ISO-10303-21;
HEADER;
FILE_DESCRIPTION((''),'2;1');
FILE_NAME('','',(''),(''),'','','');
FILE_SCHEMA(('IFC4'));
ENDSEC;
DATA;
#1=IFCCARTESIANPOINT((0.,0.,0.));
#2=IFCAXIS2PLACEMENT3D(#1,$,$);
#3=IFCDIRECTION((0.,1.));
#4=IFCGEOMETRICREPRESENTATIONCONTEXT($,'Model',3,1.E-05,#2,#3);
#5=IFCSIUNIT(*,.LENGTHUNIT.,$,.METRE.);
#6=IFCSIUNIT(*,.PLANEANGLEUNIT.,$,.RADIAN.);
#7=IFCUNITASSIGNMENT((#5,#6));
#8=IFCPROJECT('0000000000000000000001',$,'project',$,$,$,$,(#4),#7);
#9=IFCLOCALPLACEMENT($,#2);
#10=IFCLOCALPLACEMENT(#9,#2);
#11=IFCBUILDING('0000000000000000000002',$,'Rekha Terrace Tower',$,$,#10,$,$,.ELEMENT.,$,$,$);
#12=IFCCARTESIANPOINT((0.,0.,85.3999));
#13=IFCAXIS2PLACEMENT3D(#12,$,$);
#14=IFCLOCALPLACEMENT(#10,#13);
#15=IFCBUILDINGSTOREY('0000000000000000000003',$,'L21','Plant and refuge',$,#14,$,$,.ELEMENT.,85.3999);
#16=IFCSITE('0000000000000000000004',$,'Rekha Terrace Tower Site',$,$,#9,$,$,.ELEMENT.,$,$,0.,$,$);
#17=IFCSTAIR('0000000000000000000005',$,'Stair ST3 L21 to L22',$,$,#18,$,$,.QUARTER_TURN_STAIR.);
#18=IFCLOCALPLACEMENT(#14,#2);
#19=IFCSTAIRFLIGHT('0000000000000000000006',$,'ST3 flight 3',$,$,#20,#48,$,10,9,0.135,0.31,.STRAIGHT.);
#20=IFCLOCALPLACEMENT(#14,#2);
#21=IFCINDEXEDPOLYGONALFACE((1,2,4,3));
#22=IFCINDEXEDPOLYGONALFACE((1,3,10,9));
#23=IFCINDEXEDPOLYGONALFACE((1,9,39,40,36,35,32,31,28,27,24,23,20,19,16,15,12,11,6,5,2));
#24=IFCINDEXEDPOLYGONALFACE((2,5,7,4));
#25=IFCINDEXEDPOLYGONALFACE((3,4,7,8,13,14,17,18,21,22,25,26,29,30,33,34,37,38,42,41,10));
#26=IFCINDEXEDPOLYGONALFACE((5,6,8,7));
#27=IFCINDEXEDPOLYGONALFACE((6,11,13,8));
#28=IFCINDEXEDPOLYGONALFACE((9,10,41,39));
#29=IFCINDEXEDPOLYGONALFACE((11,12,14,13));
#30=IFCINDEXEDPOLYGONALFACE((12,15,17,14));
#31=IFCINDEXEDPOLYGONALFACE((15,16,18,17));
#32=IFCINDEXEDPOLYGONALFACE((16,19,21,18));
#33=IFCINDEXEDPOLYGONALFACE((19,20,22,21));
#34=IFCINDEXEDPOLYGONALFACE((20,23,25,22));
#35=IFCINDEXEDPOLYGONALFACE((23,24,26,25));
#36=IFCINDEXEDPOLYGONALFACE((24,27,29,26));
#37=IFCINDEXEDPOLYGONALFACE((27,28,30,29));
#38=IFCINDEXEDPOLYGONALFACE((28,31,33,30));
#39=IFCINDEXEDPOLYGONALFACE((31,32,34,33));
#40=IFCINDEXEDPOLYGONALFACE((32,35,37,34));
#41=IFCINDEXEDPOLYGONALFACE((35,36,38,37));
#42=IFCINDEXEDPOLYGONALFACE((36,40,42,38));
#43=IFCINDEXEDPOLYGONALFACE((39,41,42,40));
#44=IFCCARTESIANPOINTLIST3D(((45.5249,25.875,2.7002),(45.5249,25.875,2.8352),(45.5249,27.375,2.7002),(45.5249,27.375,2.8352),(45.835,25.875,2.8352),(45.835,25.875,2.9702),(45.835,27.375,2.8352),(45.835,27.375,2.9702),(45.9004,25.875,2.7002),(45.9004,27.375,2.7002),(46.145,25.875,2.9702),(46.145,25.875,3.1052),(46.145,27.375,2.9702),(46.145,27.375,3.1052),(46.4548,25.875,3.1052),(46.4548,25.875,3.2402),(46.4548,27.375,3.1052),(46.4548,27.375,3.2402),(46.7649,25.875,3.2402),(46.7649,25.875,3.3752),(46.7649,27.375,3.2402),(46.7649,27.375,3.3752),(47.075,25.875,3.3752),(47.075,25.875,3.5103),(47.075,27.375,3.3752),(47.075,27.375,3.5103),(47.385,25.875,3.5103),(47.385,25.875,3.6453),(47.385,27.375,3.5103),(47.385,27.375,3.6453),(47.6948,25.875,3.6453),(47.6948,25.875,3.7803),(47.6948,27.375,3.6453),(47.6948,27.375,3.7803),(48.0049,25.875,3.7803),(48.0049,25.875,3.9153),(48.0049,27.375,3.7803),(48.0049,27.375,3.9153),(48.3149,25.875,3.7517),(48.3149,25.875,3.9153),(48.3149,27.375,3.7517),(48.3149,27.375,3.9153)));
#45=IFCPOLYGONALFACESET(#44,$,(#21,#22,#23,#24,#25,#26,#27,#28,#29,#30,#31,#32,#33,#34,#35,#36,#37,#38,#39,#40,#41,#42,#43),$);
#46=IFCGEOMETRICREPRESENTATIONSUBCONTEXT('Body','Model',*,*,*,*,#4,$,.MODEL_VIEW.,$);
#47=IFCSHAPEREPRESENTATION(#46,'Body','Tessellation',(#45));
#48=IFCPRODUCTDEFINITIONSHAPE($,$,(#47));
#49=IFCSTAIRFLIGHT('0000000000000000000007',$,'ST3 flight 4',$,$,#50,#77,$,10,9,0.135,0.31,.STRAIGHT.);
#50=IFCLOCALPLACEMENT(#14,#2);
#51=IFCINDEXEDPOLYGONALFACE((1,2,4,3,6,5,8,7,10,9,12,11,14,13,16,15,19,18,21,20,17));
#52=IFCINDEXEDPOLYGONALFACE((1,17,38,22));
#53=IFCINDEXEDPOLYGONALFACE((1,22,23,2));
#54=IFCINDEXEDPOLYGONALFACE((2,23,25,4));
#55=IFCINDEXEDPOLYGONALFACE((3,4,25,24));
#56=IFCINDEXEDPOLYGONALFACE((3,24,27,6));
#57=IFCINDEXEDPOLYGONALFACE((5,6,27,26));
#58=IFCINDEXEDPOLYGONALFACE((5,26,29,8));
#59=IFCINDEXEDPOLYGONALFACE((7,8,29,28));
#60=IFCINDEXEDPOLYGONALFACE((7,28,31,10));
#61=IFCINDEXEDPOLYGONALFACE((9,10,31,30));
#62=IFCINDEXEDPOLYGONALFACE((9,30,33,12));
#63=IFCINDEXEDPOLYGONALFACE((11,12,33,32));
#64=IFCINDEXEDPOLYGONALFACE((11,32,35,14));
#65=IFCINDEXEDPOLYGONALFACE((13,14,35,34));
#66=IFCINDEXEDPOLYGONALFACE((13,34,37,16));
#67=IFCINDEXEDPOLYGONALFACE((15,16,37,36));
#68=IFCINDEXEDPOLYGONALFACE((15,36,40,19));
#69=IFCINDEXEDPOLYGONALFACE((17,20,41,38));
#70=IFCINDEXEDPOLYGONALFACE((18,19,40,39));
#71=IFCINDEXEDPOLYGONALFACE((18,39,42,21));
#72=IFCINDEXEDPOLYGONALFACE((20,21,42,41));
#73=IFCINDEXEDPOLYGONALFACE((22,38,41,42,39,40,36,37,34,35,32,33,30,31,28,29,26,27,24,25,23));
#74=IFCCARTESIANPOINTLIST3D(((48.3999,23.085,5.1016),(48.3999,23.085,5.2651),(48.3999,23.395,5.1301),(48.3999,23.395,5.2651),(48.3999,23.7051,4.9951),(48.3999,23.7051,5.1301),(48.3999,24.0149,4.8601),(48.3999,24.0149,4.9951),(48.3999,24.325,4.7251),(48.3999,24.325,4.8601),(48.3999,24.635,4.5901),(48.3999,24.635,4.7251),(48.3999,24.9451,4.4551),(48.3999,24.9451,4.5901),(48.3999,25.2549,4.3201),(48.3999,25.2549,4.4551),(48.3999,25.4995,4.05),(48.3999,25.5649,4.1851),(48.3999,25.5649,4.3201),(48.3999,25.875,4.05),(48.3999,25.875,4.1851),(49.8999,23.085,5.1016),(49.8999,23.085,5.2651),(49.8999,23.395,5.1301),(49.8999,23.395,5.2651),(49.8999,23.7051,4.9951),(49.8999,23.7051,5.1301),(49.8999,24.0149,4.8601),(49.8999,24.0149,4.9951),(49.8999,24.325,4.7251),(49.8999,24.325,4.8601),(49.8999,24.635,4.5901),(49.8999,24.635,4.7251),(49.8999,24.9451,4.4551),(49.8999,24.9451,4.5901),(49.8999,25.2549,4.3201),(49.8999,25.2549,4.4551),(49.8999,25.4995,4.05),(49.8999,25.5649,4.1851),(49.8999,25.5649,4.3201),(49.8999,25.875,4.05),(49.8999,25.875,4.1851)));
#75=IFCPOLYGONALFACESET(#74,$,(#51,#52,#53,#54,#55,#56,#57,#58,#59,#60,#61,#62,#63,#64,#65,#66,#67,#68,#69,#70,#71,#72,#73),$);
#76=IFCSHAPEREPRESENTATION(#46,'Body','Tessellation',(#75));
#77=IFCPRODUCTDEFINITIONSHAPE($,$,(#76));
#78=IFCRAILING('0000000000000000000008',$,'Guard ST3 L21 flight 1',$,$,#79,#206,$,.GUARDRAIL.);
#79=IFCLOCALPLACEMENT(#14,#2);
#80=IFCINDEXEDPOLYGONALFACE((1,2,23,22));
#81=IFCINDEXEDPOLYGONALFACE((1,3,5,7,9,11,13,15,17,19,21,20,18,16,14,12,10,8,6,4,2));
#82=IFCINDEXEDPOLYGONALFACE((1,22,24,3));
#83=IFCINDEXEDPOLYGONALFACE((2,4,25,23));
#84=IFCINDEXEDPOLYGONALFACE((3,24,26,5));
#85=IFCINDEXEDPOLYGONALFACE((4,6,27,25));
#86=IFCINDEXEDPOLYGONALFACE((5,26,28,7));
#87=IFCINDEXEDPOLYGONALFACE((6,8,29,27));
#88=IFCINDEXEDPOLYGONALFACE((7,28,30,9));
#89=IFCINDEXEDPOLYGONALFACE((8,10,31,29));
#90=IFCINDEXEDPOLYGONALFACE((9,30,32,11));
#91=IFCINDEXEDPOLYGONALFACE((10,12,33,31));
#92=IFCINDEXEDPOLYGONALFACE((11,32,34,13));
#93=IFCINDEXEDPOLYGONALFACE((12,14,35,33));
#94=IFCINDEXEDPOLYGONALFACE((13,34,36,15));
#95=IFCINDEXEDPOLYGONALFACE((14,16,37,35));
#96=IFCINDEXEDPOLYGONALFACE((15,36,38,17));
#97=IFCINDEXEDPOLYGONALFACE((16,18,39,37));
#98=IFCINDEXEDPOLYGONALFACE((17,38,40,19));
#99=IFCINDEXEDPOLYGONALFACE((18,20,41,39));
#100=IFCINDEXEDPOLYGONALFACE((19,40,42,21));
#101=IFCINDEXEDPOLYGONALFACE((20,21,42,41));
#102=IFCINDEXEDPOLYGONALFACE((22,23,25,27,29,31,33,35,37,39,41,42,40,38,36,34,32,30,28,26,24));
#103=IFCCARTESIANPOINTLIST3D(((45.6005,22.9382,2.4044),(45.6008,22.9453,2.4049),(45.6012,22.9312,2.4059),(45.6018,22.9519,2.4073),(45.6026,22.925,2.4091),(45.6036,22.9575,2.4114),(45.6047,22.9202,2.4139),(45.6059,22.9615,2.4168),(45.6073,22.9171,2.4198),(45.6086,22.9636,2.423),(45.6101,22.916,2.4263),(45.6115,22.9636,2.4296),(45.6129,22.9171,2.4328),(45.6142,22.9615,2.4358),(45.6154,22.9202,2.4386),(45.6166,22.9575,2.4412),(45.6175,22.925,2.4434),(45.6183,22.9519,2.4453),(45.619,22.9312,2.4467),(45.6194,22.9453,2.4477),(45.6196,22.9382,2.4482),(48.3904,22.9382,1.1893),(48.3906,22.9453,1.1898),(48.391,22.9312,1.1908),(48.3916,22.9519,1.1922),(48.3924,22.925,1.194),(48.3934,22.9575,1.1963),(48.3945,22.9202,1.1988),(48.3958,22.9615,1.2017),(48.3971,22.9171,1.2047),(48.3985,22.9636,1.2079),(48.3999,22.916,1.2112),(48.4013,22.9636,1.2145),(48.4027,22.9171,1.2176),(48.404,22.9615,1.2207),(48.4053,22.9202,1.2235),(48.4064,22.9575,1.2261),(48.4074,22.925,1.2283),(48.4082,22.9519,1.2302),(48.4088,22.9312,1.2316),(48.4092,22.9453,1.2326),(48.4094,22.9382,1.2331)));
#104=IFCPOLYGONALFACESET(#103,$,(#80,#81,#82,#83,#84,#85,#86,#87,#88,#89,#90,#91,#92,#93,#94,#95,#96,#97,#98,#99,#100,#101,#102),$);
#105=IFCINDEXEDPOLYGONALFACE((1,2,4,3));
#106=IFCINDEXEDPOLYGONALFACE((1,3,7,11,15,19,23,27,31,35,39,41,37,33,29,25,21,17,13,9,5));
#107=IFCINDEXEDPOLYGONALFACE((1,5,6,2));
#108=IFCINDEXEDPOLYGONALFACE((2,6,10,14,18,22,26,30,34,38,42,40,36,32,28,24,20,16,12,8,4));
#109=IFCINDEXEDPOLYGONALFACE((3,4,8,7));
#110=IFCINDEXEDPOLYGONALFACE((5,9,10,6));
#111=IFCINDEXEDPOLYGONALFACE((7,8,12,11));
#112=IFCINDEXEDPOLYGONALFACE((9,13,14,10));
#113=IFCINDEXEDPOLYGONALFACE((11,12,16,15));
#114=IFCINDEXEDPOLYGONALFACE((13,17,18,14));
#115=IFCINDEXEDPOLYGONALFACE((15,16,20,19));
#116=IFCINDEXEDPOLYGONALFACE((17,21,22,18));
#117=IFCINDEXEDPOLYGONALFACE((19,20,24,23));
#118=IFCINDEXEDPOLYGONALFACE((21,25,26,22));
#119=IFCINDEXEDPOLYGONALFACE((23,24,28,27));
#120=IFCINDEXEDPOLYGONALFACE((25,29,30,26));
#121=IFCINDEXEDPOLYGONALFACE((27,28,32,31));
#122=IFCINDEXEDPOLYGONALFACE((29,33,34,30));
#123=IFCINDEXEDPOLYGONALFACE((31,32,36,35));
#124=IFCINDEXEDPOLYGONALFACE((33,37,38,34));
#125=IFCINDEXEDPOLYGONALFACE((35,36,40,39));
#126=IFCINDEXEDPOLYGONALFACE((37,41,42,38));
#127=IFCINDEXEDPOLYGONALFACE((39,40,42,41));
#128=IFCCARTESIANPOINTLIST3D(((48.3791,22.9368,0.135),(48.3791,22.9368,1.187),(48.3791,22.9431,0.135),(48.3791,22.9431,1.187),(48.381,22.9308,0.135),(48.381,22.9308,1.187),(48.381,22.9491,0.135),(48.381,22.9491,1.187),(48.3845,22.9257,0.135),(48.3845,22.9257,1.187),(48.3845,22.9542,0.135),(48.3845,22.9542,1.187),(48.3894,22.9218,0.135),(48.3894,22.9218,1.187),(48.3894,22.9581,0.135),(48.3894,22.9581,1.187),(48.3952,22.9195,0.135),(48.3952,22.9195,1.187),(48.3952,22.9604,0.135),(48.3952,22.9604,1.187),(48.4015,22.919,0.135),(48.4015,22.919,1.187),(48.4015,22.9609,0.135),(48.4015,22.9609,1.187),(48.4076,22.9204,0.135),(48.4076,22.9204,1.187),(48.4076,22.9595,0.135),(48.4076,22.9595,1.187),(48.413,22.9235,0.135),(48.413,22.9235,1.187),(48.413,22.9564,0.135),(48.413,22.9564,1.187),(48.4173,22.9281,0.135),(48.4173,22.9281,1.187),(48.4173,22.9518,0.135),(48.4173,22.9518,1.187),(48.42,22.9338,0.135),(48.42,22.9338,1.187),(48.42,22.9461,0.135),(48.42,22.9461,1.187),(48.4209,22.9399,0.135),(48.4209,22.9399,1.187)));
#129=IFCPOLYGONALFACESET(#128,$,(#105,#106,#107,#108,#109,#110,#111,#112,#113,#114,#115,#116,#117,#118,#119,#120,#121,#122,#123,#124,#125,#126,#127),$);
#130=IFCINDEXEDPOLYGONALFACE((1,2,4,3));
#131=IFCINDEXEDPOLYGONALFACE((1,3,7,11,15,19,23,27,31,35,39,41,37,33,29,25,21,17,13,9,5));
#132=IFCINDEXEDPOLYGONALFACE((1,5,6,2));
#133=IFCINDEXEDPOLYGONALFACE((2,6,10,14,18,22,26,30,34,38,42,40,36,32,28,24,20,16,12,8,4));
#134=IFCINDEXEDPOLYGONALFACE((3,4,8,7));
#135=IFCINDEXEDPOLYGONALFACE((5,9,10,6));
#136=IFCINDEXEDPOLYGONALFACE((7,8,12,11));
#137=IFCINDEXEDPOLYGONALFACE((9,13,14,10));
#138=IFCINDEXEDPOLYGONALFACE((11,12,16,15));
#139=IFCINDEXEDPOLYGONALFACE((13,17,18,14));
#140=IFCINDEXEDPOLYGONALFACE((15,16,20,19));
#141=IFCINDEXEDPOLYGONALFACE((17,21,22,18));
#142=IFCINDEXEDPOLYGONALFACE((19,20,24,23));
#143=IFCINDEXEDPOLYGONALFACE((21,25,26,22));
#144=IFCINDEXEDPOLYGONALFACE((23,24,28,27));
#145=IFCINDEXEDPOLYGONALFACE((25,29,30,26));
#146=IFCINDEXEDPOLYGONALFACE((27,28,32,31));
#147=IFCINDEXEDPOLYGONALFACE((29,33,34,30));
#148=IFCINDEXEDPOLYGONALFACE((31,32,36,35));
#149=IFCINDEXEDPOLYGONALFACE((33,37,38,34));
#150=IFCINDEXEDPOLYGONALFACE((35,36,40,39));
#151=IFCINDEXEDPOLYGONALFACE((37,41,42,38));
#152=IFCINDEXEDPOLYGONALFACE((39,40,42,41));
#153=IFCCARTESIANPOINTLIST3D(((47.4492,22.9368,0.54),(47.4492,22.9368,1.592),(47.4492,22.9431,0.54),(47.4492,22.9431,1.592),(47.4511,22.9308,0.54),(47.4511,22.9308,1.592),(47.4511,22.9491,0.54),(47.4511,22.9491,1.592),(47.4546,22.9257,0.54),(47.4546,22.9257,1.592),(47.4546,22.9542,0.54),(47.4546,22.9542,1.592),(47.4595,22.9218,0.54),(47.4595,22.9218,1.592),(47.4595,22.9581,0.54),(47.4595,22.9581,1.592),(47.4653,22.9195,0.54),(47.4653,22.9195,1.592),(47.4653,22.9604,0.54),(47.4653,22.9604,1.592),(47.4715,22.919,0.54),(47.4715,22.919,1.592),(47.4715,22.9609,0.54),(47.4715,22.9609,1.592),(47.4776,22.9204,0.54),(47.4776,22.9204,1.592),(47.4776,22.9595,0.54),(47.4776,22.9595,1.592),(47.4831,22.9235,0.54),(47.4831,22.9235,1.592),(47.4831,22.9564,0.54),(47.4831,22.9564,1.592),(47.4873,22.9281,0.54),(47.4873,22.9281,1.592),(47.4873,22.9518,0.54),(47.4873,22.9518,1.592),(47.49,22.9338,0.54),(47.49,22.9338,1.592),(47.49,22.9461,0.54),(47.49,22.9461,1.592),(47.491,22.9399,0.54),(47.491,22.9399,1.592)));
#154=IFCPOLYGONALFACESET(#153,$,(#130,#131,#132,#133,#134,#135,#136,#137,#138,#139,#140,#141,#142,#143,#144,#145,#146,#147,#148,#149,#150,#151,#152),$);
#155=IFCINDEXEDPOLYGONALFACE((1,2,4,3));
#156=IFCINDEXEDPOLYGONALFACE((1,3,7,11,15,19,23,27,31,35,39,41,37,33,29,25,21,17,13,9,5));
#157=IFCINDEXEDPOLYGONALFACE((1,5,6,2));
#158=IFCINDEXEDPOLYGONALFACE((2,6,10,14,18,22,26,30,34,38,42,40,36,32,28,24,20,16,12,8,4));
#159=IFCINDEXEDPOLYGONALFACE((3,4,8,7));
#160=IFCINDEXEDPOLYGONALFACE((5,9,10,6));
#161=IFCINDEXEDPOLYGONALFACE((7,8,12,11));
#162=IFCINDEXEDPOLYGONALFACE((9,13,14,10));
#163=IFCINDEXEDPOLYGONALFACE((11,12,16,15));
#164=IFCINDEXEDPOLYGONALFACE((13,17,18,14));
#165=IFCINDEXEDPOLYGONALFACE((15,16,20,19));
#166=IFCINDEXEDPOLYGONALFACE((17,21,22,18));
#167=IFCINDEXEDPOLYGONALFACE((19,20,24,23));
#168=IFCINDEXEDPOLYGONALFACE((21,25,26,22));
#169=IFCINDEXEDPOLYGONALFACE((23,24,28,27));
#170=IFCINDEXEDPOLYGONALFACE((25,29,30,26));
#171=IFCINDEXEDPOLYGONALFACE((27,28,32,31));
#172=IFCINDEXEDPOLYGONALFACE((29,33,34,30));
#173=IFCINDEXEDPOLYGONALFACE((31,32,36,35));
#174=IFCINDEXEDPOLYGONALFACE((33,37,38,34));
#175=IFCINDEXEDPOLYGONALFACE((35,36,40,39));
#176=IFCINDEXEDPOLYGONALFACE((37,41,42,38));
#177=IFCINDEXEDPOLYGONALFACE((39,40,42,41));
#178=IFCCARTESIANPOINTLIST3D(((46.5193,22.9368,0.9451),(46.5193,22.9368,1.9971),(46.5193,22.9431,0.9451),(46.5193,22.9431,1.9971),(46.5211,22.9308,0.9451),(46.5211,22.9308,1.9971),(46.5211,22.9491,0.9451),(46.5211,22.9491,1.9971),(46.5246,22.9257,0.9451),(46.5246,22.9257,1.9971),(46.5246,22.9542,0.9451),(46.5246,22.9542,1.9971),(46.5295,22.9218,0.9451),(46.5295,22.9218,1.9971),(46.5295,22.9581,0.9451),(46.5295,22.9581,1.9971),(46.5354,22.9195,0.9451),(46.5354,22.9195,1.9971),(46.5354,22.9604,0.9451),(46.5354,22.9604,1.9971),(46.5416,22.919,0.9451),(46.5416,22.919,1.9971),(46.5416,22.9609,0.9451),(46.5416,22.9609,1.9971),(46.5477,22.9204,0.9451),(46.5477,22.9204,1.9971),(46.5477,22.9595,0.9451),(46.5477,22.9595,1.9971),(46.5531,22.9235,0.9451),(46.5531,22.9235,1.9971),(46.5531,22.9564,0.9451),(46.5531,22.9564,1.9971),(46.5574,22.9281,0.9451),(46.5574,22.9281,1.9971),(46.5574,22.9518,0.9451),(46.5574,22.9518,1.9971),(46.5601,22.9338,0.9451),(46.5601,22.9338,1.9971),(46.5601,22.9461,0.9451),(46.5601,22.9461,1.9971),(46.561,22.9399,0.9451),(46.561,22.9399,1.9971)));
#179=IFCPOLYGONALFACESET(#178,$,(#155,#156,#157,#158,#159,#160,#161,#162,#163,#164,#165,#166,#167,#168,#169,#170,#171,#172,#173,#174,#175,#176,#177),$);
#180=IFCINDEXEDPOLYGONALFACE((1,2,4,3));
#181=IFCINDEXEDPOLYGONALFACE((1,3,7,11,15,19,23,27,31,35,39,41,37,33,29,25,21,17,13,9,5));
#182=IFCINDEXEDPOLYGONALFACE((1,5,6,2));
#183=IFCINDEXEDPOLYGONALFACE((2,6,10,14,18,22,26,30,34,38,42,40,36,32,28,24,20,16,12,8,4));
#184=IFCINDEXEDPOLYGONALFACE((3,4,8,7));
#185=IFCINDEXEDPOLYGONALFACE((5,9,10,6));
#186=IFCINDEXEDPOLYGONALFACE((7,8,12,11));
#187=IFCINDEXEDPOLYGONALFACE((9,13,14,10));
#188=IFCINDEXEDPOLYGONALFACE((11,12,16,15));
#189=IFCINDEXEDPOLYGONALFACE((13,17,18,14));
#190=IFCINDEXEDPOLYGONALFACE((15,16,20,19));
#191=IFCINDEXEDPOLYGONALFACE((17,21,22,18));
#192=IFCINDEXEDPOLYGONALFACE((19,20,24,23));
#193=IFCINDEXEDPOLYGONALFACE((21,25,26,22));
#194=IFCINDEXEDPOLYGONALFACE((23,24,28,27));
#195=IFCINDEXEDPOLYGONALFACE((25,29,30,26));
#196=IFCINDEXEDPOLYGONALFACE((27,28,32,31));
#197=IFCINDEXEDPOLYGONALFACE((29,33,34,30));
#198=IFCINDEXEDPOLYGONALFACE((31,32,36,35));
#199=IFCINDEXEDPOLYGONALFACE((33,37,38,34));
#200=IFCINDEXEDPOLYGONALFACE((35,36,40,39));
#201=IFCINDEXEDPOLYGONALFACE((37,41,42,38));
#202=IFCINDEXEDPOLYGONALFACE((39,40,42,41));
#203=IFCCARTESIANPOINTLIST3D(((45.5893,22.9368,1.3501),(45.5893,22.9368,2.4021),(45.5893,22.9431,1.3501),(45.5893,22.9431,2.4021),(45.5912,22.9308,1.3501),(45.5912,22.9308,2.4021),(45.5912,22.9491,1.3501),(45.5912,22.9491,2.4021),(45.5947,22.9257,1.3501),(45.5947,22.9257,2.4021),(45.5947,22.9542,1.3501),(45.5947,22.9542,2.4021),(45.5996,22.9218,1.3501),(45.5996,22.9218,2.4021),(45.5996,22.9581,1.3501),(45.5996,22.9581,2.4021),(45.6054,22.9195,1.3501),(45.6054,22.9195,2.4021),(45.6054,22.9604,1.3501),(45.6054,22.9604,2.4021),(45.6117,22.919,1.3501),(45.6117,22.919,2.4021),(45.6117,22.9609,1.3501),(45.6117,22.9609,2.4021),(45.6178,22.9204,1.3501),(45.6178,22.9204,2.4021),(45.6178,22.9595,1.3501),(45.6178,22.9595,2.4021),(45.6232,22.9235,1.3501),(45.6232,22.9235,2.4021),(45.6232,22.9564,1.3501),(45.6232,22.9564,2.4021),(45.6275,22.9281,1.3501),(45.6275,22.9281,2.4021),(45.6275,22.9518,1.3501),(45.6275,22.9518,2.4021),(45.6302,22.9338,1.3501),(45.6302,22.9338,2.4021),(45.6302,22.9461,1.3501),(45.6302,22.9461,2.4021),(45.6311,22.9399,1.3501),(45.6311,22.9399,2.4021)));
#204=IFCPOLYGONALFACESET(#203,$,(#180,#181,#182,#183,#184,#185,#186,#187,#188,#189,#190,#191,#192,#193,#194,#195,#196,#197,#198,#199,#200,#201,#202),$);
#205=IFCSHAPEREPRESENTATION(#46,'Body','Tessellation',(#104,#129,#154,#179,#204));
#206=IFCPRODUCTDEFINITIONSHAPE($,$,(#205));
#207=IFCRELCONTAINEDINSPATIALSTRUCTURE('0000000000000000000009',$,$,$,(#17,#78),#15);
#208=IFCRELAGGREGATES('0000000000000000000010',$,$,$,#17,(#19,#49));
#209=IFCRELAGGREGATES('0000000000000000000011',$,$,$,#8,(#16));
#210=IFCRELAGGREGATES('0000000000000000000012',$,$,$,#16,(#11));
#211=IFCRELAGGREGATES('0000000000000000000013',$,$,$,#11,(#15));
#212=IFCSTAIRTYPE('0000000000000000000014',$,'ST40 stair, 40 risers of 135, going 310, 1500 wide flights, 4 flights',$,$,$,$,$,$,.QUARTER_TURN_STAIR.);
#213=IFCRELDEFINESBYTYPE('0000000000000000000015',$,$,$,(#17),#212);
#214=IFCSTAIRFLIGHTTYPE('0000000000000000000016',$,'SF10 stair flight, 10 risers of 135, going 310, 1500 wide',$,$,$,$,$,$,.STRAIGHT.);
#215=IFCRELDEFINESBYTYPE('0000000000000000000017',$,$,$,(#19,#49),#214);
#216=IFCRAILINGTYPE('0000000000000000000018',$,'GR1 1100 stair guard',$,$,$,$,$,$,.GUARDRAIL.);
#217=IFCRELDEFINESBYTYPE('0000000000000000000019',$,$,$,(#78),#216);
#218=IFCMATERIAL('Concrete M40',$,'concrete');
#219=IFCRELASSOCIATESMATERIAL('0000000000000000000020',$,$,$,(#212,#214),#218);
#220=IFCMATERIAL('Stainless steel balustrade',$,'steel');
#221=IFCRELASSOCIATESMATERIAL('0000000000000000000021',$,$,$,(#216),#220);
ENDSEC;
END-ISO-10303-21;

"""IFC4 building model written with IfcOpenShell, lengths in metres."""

from ifc_helpers import new_model, si_unit, direction, frame, origin, origin_2d, place, context, subcontext, project, spatial, polyline, circle, outline, extrude, material, type_object, element, aggregate, save


model = new_model("IFC4")

# Units and contexts
model_context = context("Model", 3, precision=1e-05, world=origin(), true_north=direction((0.0, 1.0)))
body_context = subcontext(model_context, "Body", "Model", "MODEL_VIEW")
ifc_project = project(units=[si_unit("LENGTHUNIT", "METRE"), si_unit("PLANEANGLEUNIT", "RADIAN")], contexts=[model_context])

# Site, building, storey
site_placement = place(None, origin())
site = spatial("IfcSite", under=ifc_project, at=site_placement, Name="Rekha Terrace Tower Site", CompositionType="ELEMENT", RefElevation=0.0)
building_placement = place(site_placement, origin())
building = spatial("IfcBuilding", under=site, at=building_placement, Name="Rekha Terrace Tower", CompositionType="ELEMENT")
storey_placement = place(building_placement, frame((0.0, 0.0, 85.3999)))
storey = spatial("IfcBuildingStorey", under=building, at=storey_placement, Name="L21", Description="Plant and refuge", CompositionType="ELEMENT", Elevation=85.3999)

# Stair, stair flights
ifc_material_1 = material(Name="Concrete M40", Category="concrete")
stair_type = type_object("IfcStairType", Name="ST40 stair, 40 risers of 135, going 310, 1500 wide flights, 4 flights", PredefinedType="QUARTER_TURN_STAIR", material=ifc_material_1)
stair_placement = place(storey_placement, origin())
stair = element("IfcStair", 1, at=stair_placement, inside=storey, type_object=stair_type, Name="Stair ST3 L21 to L22", PredefinedType="QUARTER_TURN_STAIR")
stair_flight_type = type_object("IfcStairFlightType", Name="SF10 stair flight, 10 risers of 135, going 310, 1500 wide", PredefinedType="STRAIGHT", material=ifc_material_1)
stair_flight_1_placement = place(storey_placement, frame((45.5249, 26.625, 2.7002), z_axis=(0.0, 0.0, 1.0), x_axis=(1.0, 0.0, 0.0)))
stair_flight_1 = element("IfcStairFlight", 2, at=stair_flight_1_placement, type_object=stair_flight_type, Name="ST3 flight 3", NumberOfRisers=10, NumberOfTreads=9, PredefinedType="STRAIGHT", RiserHeight=0.135, TreadLength=0.31, context=body_context, shape_type="SweptSolid", body=[
    extrude(outline(polyline([(0.0, 0.0), (0.0, 0.135), (0.3101, 0.135), (0.3101, 0.27), (0.6201, 0.27), (0.6201, 0.405), (0.9299, 0.405), (0.9299, 0.54), (1.24, 0.54), (1.24, 0.675), (1.55, 0.675), (1.55, 0.8101), (1.8601, 0.8101), (1.8601, 0.9451), (2.1699, 0.9451), (2.1699, 1.0801), (2.48, 1.0801), (2.48, 1.2151), (2.79, 1.2151), (2.79, 1.3501), (2.79, 1.0515), (0.3755, 0.0), (0.0, 0.0)])), frame((0.0, 0.75, 0.0), z_axis=(0.0, -1.0, 0.0), x_axis=(1.0, 0.0, 0.0)), (0.0, 0.0, 1.0), 1.5),
])
stair_flight_2_placement = place(storey_placement, frame((49.1499, 25.875, 4.05), z_axis=(0.0, 0.0, 1.0), x_axis=(0.0, -1.0, 0.0)))
stair_flight_2 = element("IfcStairFlight", 3, at=stair_flight_2_placement, type_object=stair_flight_type, Name="ST3 flight 4", NumberOfRisers=10, NumberOfTreads=9, PredefinedType="STRAIGHT", RiserHeight=0.135, TreadLength=0.31, context=body_context, shape_type="SweptSolid", body=[
    extrude(outline(polyline([(0.0, 0.0), (0.0, 0.135), (0.3101, 0.135), (0.3101, 0.27), (0.6201, 0.27), (0.6201, 0.405), (0.9299, 0.405), (0.9299, 0.54), (1.24, 0.54), (1.24, 0.675), (1.55, 0.675), (1.55, 0.8101), (1.8601, 0.8101), (1.8601, 0.9451), (2.1699, 0.9451), (2.1699, 1.0801), (2.48, 1.0801), (2.48, 1.2151), (2.79, 1.2151), (2.79, 1.3501), (2.79, 1.0515), (0.3755, 0.0), (0.0, 0.0)])), frame((0.0, 0.75, 0.0), z_axis=(0.0, -1.0, 0.0), x_axis=(1.0, 0.0, 0.0)), (0.0, 0.0, 1.0), 1.5),
])
aggregate(stair, [stair_flight_1, stair_flight_2])

# Railing
ifc_material_2 = material(Name="Stainless steel balustrade", Category="steel")
railing_type_1 = type_object("IfcRailingType", Name="GR1 1100 stair guard", PredefinedType="GUARDRAIL", material=ifc_material_2)
railing_1_placement = place(storey_placement, frame((48.3999, 22.9399, 0.135)))
element("IfcRailing", 4, at=railing_1_placement, inside=storey, type_object=railing_type_1, Name="Guard ST3 L21 flight 1", PredefinedType="GUARDRAIL", context=body_context, shape_type="SweptSolid", body=[
    extrude(circle(Radius=0.0239, at=origin_2d()), frame((0.0, 0.0, 1.0762), z_axis=(-0.916813, 0.0, 0.399316), x_axis=(0.0, -1.0, 0.0)), (0.0, 0.0, 1.0), 3.043),
    extrude(circle(Radius=0.021, at=origin_2d()), origin(), (0.0, 0.0, 1.0), 1.052),
    extrude(circle(Radius=0.021, at=origin_2d()), frame((-0.9299, 0.0, 0.405)), (0.0, 0.0, 1.0), 1.052),
    extrude(circle(Radius=0.021, at=origin_2d()), frame((-1.8599, 0.0, 0.8101)), (0.0, 0.0, 1.0), 1.052),
    extrude(circle(Radius=0.021, at=origin_2d()), frame((-2.7898, 0.0, 1.2151)), (0.0, 0.0, 1.0), 1.052),
])

save(model, "model.ifc")
